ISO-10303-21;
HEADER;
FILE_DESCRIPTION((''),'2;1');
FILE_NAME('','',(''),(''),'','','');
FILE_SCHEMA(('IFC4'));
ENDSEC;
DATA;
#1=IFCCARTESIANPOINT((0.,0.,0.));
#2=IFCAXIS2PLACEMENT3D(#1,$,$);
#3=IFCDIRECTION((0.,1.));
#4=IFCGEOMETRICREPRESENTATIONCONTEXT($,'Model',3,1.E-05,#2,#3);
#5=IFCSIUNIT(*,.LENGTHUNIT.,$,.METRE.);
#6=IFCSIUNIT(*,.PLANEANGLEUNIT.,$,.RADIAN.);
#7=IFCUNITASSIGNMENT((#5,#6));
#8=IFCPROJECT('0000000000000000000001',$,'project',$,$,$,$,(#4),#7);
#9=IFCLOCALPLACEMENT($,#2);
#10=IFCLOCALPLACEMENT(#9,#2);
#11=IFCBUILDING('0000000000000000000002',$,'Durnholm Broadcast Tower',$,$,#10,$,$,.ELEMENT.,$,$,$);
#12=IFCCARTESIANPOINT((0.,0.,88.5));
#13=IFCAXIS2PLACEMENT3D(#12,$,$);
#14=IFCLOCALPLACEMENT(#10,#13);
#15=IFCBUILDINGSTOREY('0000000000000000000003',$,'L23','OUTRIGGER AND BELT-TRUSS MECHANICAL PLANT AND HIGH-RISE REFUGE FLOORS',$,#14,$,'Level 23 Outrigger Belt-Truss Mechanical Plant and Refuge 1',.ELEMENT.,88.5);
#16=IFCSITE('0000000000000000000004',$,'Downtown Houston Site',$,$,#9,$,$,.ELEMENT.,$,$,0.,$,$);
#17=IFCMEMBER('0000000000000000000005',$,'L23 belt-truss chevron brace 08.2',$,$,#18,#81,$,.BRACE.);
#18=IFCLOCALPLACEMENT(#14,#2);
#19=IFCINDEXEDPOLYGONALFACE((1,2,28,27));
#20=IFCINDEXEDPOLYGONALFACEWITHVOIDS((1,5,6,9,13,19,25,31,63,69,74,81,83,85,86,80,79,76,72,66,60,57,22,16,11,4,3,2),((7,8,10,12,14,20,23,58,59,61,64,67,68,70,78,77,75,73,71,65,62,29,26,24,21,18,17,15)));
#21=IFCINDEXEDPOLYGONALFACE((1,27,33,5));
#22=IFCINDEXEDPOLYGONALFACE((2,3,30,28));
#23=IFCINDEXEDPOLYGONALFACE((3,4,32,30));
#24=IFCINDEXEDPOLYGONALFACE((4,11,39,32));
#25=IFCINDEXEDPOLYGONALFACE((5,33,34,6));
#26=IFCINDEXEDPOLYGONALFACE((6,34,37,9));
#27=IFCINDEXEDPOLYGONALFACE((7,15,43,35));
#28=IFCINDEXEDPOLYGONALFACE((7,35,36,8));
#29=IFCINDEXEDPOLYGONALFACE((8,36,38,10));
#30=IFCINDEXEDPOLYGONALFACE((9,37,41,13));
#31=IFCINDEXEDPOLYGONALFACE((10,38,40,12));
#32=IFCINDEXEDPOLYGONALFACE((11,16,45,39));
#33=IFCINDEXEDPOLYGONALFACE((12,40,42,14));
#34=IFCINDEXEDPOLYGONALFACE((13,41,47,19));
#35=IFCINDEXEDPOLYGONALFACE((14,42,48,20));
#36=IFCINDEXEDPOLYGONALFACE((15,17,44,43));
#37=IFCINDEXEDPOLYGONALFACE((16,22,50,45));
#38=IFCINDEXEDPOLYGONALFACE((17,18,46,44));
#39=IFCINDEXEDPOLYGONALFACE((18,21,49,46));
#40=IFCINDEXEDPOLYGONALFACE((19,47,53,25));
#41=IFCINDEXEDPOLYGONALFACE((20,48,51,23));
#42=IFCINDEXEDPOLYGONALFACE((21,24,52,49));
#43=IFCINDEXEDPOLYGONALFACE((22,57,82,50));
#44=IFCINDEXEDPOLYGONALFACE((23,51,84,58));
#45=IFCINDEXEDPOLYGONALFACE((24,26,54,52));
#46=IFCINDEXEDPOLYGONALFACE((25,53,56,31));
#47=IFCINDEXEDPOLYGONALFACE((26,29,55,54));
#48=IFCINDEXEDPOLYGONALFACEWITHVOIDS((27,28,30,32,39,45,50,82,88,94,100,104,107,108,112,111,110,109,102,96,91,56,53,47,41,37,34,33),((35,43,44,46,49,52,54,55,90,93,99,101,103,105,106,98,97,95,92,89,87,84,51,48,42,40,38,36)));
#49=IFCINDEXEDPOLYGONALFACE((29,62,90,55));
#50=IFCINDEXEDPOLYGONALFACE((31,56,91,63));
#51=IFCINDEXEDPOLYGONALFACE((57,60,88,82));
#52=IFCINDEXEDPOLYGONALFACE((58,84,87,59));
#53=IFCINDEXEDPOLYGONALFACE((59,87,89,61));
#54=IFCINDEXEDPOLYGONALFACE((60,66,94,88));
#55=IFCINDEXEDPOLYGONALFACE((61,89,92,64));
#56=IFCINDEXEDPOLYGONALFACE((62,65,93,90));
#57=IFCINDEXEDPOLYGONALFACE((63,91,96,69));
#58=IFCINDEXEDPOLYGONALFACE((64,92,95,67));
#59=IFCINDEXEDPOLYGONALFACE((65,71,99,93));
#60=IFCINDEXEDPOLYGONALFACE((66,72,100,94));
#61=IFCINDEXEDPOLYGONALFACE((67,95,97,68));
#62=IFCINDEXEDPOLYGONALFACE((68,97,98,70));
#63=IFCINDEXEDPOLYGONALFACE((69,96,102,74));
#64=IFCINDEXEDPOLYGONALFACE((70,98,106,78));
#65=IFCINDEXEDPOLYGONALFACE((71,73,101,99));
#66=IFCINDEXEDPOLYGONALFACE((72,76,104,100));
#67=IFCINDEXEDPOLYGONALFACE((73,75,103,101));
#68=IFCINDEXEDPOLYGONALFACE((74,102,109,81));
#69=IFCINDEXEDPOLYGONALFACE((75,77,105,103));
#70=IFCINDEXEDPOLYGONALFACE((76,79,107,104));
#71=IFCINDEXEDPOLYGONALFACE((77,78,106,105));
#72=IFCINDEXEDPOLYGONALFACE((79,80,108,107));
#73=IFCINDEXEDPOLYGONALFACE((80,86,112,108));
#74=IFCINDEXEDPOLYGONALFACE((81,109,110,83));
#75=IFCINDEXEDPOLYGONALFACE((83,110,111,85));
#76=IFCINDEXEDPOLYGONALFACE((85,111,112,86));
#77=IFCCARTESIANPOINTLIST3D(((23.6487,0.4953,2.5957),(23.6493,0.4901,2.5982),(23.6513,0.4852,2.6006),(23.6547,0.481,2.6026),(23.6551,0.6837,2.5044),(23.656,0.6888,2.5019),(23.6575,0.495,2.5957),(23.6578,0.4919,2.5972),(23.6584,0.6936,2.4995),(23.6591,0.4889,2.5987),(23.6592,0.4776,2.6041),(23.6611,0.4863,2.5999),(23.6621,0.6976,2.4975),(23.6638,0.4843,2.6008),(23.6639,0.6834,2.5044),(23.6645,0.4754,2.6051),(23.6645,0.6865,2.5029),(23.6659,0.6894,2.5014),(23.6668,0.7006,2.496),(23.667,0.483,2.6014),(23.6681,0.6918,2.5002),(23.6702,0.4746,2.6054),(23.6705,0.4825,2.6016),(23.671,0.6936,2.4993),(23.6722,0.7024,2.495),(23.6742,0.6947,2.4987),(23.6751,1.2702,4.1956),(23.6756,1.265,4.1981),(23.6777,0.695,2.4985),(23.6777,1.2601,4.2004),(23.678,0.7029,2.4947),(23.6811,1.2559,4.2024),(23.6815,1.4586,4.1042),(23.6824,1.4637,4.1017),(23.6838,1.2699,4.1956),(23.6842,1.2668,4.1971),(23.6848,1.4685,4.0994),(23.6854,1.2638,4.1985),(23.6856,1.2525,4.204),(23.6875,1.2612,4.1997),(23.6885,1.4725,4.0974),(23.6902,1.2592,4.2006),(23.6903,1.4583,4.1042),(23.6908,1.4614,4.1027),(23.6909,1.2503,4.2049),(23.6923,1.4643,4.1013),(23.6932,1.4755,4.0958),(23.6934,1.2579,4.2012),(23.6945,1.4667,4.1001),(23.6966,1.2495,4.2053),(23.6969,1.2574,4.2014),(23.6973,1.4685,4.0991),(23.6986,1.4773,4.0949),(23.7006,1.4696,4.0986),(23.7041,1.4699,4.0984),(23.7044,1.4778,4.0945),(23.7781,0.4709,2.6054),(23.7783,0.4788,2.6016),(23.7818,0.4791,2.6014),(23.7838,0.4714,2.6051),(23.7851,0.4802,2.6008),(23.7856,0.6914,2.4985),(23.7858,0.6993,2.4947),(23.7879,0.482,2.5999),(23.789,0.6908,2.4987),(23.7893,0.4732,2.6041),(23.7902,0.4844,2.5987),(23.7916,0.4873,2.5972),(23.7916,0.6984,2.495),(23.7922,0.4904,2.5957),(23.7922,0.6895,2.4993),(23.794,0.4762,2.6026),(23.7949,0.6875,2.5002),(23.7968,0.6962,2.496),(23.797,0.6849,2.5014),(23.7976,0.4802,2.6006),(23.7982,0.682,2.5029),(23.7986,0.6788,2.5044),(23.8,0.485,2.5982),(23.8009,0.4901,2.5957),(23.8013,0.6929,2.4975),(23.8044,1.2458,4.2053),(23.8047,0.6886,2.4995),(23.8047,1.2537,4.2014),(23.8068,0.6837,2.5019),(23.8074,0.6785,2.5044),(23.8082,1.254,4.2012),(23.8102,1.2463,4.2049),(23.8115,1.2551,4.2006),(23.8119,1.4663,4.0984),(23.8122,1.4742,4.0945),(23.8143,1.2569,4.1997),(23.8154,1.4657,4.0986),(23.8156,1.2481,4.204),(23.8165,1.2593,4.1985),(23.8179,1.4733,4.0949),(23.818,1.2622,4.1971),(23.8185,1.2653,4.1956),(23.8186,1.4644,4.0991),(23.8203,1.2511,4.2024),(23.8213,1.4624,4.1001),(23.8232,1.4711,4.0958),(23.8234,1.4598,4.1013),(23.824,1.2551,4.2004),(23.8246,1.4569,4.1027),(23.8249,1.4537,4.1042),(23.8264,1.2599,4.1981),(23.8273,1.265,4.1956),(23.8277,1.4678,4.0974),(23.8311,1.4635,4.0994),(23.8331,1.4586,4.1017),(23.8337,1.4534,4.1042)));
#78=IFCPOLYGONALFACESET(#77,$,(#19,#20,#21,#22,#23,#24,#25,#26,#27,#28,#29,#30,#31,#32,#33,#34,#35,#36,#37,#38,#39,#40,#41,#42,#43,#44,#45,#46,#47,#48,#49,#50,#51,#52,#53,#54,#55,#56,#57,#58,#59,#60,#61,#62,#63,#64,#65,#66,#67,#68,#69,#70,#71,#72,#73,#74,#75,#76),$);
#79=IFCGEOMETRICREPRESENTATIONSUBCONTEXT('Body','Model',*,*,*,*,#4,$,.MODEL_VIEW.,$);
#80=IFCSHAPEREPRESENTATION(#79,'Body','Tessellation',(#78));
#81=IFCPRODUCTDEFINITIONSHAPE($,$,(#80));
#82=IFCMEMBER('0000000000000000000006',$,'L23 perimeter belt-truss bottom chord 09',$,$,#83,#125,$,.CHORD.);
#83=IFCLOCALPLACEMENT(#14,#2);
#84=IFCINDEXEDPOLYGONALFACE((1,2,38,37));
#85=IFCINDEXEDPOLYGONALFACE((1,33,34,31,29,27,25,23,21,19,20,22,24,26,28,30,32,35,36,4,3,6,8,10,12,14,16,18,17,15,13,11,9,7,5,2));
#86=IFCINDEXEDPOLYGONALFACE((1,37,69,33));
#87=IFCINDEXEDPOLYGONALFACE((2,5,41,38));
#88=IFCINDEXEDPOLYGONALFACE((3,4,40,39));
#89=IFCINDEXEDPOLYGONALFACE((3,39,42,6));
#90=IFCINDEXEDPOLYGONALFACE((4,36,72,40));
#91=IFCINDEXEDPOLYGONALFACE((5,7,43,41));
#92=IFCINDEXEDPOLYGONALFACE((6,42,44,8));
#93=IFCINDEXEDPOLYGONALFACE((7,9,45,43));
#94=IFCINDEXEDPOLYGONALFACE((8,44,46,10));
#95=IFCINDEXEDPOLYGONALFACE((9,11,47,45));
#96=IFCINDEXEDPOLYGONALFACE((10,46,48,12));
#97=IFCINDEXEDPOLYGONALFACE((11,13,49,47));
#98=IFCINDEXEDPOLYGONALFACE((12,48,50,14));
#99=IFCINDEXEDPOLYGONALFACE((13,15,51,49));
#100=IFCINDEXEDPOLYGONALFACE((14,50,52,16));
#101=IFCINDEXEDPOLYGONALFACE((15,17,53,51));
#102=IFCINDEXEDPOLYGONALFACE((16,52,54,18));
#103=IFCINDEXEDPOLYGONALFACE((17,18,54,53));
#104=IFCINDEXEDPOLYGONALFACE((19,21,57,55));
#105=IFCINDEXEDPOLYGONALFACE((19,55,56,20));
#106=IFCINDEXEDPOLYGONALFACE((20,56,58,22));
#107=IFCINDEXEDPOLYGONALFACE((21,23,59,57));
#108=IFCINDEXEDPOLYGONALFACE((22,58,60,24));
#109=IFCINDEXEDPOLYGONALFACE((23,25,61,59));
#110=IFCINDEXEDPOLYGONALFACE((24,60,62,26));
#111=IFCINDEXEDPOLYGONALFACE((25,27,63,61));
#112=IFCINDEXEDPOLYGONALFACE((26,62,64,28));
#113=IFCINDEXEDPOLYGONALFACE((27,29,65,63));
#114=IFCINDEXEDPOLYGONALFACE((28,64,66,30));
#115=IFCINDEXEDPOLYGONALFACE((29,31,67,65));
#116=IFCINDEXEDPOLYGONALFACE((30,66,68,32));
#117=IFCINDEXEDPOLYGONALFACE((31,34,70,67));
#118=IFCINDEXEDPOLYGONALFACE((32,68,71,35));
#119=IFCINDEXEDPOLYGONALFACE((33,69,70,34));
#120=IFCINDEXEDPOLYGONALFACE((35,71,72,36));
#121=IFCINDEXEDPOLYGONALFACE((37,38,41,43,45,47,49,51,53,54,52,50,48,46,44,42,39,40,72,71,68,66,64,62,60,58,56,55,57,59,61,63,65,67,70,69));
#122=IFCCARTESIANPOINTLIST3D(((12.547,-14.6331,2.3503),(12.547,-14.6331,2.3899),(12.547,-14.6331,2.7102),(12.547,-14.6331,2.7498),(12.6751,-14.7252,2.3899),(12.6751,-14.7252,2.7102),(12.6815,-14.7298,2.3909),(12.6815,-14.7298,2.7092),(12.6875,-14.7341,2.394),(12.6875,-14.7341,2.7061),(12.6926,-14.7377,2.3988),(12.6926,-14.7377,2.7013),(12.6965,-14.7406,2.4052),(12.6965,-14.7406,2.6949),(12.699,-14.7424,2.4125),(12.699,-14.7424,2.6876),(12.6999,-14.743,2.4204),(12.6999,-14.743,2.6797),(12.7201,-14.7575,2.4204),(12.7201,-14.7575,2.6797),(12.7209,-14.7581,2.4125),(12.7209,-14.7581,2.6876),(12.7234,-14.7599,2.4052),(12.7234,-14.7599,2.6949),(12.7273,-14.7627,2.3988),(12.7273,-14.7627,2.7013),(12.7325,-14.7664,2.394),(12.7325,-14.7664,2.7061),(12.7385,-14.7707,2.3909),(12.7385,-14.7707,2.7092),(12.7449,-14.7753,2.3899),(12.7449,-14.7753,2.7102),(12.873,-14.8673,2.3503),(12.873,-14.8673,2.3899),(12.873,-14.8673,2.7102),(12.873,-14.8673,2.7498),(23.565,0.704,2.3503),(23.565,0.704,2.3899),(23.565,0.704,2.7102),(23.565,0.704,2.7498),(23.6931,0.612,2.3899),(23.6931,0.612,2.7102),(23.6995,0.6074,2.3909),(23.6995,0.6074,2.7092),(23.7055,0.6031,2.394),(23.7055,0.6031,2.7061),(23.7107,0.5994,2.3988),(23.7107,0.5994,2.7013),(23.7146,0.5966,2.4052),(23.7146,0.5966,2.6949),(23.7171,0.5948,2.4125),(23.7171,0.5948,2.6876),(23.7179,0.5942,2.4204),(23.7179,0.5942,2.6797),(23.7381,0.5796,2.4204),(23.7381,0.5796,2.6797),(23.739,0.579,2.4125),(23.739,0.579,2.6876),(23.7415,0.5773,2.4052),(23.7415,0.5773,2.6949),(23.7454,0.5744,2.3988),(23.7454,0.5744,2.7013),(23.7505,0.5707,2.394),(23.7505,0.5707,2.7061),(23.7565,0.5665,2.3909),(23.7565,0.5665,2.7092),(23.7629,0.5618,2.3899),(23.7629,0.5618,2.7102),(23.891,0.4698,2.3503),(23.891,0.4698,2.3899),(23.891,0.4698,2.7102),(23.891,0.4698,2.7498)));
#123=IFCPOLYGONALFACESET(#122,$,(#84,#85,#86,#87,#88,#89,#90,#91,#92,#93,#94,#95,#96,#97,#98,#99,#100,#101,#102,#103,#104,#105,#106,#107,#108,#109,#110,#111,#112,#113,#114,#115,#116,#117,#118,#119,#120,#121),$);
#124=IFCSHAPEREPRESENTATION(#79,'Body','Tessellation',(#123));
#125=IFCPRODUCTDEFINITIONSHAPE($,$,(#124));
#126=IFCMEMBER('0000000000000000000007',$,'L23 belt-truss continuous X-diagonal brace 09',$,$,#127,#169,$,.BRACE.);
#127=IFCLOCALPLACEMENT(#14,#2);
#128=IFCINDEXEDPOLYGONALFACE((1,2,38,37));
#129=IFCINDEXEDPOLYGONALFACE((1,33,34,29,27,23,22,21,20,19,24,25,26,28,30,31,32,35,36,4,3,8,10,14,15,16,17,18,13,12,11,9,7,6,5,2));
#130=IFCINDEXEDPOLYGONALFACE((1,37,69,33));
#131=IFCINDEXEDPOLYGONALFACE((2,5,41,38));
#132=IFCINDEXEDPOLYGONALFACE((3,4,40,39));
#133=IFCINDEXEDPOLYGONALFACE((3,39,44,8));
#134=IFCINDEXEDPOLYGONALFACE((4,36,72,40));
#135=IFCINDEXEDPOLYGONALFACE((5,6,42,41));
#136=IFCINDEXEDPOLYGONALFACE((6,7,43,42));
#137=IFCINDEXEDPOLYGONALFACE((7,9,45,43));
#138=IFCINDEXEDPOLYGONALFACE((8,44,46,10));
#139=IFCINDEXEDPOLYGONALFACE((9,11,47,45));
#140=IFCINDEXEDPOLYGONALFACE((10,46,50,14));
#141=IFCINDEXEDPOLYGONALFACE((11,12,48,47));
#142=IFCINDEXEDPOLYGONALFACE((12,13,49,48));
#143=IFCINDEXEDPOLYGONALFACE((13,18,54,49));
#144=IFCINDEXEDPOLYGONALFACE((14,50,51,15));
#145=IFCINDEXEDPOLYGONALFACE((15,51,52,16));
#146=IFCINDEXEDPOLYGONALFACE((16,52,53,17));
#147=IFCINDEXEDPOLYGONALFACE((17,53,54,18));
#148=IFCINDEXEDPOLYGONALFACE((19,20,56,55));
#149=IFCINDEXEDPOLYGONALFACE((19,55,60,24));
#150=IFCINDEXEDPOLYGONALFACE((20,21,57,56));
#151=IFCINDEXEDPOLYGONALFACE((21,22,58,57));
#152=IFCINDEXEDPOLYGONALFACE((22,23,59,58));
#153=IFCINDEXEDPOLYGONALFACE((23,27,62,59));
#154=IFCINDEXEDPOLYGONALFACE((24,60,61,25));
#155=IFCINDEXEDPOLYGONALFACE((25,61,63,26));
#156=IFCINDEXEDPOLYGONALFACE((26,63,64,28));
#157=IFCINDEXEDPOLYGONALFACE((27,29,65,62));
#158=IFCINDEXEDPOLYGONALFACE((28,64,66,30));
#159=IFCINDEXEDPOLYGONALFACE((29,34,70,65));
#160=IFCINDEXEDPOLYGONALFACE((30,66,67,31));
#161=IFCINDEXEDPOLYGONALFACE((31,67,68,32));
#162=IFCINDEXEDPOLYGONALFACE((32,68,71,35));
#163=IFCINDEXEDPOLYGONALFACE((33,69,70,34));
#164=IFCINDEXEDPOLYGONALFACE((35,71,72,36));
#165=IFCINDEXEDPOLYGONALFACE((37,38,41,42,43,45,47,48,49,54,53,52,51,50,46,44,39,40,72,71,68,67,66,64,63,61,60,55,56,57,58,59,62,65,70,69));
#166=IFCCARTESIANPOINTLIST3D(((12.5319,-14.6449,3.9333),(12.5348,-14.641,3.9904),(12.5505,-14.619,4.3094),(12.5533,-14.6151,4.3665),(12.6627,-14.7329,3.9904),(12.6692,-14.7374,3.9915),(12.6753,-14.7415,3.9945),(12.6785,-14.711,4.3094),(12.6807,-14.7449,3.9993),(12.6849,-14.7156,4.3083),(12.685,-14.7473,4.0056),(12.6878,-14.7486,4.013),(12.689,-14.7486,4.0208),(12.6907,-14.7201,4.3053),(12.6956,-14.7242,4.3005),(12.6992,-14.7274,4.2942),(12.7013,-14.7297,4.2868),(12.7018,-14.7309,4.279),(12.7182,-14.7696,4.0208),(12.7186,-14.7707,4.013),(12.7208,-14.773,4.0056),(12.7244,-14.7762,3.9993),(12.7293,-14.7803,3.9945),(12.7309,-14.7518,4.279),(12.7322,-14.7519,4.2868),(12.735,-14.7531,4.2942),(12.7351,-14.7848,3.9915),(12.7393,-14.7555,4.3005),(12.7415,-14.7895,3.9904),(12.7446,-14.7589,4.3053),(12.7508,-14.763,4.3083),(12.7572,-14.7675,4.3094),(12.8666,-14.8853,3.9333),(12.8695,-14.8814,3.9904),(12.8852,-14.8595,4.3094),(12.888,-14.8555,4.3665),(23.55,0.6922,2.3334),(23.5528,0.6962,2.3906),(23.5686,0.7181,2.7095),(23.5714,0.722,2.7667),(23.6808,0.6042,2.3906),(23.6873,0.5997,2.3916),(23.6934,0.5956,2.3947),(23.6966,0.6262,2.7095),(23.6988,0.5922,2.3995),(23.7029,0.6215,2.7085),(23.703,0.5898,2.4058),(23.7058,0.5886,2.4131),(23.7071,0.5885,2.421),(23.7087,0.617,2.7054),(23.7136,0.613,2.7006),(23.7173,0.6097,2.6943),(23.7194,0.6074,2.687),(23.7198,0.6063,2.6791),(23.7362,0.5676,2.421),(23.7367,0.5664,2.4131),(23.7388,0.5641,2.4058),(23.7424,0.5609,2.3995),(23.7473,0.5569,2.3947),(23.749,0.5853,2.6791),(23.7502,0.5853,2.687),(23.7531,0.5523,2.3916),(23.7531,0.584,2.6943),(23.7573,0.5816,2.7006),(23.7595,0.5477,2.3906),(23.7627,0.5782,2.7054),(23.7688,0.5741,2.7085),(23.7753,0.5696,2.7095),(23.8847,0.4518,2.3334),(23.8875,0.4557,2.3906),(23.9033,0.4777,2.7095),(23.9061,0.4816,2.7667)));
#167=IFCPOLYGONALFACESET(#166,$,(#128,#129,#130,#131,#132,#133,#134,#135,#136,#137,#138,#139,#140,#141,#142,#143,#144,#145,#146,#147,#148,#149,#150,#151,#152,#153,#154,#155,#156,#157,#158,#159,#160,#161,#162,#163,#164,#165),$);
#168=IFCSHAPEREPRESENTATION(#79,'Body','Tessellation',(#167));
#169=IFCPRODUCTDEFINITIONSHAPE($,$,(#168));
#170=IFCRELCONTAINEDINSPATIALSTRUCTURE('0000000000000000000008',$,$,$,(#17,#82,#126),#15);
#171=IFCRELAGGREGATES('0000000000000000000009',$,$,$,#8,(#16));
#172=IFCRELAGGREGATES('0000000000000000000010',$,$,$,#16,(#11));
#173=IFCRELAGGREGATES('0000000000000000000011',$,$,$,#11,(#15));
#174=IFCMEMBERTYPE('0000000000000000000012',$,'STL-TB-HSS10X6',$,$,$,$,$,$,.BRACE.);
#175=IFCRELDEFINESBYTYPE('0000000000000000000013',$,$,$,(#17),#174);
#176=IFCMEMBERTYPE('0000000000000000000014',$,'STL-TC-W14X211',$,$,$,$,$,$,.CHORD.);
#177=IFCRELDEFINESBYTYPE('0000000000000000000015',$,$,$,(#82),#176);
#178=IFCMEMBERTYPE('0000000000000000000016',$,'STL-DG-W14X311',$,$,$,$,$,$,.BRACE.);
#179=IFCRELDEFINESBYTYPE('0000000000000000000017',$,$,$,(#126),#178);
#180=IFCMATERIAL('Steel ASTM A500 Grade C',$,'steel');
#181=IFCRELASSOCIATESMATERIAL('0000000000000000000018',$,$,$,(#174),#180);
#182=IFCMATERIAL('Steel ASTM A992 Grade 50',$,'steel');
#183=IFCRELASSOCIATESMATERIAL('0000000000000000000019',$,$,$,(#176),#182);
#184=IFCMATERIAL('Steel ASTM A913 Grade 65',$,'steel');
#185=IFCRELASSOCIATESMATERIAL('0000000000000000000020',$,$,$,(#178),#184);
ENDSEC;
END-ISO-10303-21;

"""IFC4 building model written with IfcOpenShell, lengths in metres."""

from ifc_helpers import new_model, si_unit, direction, frame, origin, origin_2d, place, context, subcontext, project, spatial, hollow_rectangle, i_section, extrude, source, transform, mapped, material, material_profile, profile_set, type_object, type_shapes, element, save


model = new_model("IFC4")

# Units and contexts
model_context = context("Model", 3, precision=1e-05, world=origin(), true_north=direction((0.0, 1.0)))
body_context = subcontext(model_context, "Body", "Model", "MODEL_VIEW")
ifc_project = project(units=[si_unit("LENGTHUNIT", "METRE"), si_unit("PLANEANGLEUNIT", "RADIAN")], contexts=[model_context])

# Site, building, storey
site_placement = place(None, origin())
site = spatial("IfcSite", under=ifc_project, at=site_placement, Name="Downtown Houston Site", CompositionType="ELEMENT", RefElevation=0.0)
building_placement = place(site_placement, origin())
building = spatial("IfcBuilding", under=site, at=building_placement, Name="Durnholm Broadcast Tower", CompositionType="ELEMENT")
storey_placement = place(building_placement, frame((0.0, 0.0, 88.5)))
storey = spatial("IfcBuildingStorey", under=building, at=storey_placement, Name="L23", Description="OUTRIGGER AND BELT-TRUSS MECHANICAL PLANT AND HIGH-RISE REFUGE FLOORS", LongName="Level 23 Outrigger Belt-Truss Mechanical Plant and Refuge 1", CompositionType="ELEMENT", Elevation=88.5)

# Shared definitions
ifc_material_1 = material(Name="Steel ASTM A992 Grade 50", Category="steel")

# Members
ifc_material_2 = material(Name="Steel ASTM A500 Grade C", Category="steel")
ifc_material_profile_1 = material_profile(ifc_material_2, hollow_rectangle(XDim=0.1523, YDim=0.2539, WallThickness=0.0088, InnerFilletRadius=0.0134, OuterFilletRadius=0.0222, at=origin_2d()), Name="HSS10X6X3/8")
ifc_profile_set_1 = profile_set([ifc_material_profile_1], Name="Steel ASTM A500 Grade C")
member_type_1 = type_object("IfcMemberType", Name="STL-TB-HSS10X6", PredefinedType="BRACE", material=ifc_profile_set_1)
shared_shape_1 = source(origin(), body_context, "Body", "SweptSolid", [
    extrude(hollow_rectangle(XDim=0.1523, YDim=0.2539, WallThickness=0.0088, InnerFilletRadius=0.0134, OuterFilletRadius=0.0222, at=origin_2d()), origin(), (0.0, 0.0, 1.0), 1.7778),
])
type_shapes(member_type_1, [shared_shape_1])
member_1_placement = place(storey_placement, frame((23.728, 0.5869, 2.55), z_axis=(0.014831, 0.435868, 0.899888), x_axis=(-0.999422, 0.034007, 0.0)))
element("IfcMember", 1, at=member_1_placement, inside=storey, type_object=member_type_1, Name="L23 belt-truss chevron brace 08.2", PredefinedType="BRACE", context=body_context, shape_type="MappedRepresentation", body=[
    mapped(shared_shape_1, transform((0.0, 0.0, 0.0), x_axis=(1.0, 0.0, 0.0), y_axis=(0.0, 1.0, 0.0), z_axis=(0.0, 0.0, 1.0), scale=1.0)),
])
ifc_material_profile_2 = material_profile(ifc_material_1, i_section(OverallWidth=0.4014, OverallDepth=0.3994, WebThickness=0.0249, FlangeThickness=0.0396, FilletRadius=0.0305, at=origin_2d()), Name="W14X211")
ifc_profile_set_2 = profile_set([ifc_material_profile_2], Name="Steel ASTM A992 Grade 50")
member_type_2 = type_object("IfcMemberType", Name="STL-TC-W14X211", PredefinedType="CHORD", material=ifc_profile_set_2)
shared_shape_2 = source(origin(), body_context, "Body", "SweptSolid", [
    extrude(i_section(OverallWidth=0.4014, OverallDepth=0.3994, WebThickness=0.0249, FlangeThickness=0.0396, FilletRadius=0.0305, at=origin_2d()), origin(), (0.0, 0.0, 1.0), 18.8845),
])
type_shapes(member_type_2, [shared_shape_2])
member_2_placement = place(storey_placement, frame((23.728, 0.5869, 2.55), z_axis=(-0.583443, -0.812154, 0.0), x_axis=(0.812154, -0.583443, 0.0)))
element("IfcMember", 2, at=member_2_placement, inside=storey, type_object=member_type_2, Name="L23 perimeter belt-truss bottom chord 09", PredefinedType="CHORD", context=body_context, shape_type="MappedRepresentation", body=[
    mapped(shared_shape_2, transform((0.0, 0.0, 0.0), x_axis=(1.0, 0.0, 0.0), y_axis=(0.0, 1.0, 0.0), z_axis=(0.0, 0.0, 1.0), scale=1.0)),
])
ifc_material_3 = material(Name="Steel ASTM A913 Grade 65", Category="steel")
ifc_material_profile_3 = material_profile(ifc_material_3, i_section(OverallWidth=0.4121, OverallDepth=0.4348, WebThickness=0.0359, FlangeThickness=0.0574, FilletRadius=0.0305, at=origin_2d()), Name="W14X311")
ifc_profile_set_3 = profile_set([ifc_material_profile_3], Name="Steel ASTM A913 Grade 65")
member_type_3 = type_object("IfcMemberType", Name="STL-DG-W14X311", PredefinedType="BRACE", material=ifc_profile_set_3)
shared_shape_3 = source(origin(), body_context, "Body", "SweptSolid", [
    extrude(i_section(OverallWidth=0.4121, OverallDepth=0.4348, WebThickness=0.0359, FlangeThickness=0.0574, FilletRadius=0.0305, at=origin_2d()), origin(), (0.0, 0.0, 1.0), 18.9521),
])
member_3_placement = place(storey_placement, frame((23.728, 0.5869, 2.55), z_axis=(-0.581361, -0.809255, 0.084415), x_axis=(0.812154, -0.583443, 0.0)))
element("IfcMember", 3, at=member_3_placement, inside=storey, type_object=member_type_3, Name="L23 belt-truss continuous X-diagonal brace 09", PredefinedType="BRACE", context=body_context, shape_type="MappedRepresentation", body=[
    mapped(shared_shape_3, transform((0.0, 0.0, 0.0), x_axis=(1.0, 0.0, 0.0), y_axis=(0.0, 1.0, 0.0), z_axis=(0.0, 0.0, 1.0), scale=1.0)),
])

save(model, "model.ifc")
